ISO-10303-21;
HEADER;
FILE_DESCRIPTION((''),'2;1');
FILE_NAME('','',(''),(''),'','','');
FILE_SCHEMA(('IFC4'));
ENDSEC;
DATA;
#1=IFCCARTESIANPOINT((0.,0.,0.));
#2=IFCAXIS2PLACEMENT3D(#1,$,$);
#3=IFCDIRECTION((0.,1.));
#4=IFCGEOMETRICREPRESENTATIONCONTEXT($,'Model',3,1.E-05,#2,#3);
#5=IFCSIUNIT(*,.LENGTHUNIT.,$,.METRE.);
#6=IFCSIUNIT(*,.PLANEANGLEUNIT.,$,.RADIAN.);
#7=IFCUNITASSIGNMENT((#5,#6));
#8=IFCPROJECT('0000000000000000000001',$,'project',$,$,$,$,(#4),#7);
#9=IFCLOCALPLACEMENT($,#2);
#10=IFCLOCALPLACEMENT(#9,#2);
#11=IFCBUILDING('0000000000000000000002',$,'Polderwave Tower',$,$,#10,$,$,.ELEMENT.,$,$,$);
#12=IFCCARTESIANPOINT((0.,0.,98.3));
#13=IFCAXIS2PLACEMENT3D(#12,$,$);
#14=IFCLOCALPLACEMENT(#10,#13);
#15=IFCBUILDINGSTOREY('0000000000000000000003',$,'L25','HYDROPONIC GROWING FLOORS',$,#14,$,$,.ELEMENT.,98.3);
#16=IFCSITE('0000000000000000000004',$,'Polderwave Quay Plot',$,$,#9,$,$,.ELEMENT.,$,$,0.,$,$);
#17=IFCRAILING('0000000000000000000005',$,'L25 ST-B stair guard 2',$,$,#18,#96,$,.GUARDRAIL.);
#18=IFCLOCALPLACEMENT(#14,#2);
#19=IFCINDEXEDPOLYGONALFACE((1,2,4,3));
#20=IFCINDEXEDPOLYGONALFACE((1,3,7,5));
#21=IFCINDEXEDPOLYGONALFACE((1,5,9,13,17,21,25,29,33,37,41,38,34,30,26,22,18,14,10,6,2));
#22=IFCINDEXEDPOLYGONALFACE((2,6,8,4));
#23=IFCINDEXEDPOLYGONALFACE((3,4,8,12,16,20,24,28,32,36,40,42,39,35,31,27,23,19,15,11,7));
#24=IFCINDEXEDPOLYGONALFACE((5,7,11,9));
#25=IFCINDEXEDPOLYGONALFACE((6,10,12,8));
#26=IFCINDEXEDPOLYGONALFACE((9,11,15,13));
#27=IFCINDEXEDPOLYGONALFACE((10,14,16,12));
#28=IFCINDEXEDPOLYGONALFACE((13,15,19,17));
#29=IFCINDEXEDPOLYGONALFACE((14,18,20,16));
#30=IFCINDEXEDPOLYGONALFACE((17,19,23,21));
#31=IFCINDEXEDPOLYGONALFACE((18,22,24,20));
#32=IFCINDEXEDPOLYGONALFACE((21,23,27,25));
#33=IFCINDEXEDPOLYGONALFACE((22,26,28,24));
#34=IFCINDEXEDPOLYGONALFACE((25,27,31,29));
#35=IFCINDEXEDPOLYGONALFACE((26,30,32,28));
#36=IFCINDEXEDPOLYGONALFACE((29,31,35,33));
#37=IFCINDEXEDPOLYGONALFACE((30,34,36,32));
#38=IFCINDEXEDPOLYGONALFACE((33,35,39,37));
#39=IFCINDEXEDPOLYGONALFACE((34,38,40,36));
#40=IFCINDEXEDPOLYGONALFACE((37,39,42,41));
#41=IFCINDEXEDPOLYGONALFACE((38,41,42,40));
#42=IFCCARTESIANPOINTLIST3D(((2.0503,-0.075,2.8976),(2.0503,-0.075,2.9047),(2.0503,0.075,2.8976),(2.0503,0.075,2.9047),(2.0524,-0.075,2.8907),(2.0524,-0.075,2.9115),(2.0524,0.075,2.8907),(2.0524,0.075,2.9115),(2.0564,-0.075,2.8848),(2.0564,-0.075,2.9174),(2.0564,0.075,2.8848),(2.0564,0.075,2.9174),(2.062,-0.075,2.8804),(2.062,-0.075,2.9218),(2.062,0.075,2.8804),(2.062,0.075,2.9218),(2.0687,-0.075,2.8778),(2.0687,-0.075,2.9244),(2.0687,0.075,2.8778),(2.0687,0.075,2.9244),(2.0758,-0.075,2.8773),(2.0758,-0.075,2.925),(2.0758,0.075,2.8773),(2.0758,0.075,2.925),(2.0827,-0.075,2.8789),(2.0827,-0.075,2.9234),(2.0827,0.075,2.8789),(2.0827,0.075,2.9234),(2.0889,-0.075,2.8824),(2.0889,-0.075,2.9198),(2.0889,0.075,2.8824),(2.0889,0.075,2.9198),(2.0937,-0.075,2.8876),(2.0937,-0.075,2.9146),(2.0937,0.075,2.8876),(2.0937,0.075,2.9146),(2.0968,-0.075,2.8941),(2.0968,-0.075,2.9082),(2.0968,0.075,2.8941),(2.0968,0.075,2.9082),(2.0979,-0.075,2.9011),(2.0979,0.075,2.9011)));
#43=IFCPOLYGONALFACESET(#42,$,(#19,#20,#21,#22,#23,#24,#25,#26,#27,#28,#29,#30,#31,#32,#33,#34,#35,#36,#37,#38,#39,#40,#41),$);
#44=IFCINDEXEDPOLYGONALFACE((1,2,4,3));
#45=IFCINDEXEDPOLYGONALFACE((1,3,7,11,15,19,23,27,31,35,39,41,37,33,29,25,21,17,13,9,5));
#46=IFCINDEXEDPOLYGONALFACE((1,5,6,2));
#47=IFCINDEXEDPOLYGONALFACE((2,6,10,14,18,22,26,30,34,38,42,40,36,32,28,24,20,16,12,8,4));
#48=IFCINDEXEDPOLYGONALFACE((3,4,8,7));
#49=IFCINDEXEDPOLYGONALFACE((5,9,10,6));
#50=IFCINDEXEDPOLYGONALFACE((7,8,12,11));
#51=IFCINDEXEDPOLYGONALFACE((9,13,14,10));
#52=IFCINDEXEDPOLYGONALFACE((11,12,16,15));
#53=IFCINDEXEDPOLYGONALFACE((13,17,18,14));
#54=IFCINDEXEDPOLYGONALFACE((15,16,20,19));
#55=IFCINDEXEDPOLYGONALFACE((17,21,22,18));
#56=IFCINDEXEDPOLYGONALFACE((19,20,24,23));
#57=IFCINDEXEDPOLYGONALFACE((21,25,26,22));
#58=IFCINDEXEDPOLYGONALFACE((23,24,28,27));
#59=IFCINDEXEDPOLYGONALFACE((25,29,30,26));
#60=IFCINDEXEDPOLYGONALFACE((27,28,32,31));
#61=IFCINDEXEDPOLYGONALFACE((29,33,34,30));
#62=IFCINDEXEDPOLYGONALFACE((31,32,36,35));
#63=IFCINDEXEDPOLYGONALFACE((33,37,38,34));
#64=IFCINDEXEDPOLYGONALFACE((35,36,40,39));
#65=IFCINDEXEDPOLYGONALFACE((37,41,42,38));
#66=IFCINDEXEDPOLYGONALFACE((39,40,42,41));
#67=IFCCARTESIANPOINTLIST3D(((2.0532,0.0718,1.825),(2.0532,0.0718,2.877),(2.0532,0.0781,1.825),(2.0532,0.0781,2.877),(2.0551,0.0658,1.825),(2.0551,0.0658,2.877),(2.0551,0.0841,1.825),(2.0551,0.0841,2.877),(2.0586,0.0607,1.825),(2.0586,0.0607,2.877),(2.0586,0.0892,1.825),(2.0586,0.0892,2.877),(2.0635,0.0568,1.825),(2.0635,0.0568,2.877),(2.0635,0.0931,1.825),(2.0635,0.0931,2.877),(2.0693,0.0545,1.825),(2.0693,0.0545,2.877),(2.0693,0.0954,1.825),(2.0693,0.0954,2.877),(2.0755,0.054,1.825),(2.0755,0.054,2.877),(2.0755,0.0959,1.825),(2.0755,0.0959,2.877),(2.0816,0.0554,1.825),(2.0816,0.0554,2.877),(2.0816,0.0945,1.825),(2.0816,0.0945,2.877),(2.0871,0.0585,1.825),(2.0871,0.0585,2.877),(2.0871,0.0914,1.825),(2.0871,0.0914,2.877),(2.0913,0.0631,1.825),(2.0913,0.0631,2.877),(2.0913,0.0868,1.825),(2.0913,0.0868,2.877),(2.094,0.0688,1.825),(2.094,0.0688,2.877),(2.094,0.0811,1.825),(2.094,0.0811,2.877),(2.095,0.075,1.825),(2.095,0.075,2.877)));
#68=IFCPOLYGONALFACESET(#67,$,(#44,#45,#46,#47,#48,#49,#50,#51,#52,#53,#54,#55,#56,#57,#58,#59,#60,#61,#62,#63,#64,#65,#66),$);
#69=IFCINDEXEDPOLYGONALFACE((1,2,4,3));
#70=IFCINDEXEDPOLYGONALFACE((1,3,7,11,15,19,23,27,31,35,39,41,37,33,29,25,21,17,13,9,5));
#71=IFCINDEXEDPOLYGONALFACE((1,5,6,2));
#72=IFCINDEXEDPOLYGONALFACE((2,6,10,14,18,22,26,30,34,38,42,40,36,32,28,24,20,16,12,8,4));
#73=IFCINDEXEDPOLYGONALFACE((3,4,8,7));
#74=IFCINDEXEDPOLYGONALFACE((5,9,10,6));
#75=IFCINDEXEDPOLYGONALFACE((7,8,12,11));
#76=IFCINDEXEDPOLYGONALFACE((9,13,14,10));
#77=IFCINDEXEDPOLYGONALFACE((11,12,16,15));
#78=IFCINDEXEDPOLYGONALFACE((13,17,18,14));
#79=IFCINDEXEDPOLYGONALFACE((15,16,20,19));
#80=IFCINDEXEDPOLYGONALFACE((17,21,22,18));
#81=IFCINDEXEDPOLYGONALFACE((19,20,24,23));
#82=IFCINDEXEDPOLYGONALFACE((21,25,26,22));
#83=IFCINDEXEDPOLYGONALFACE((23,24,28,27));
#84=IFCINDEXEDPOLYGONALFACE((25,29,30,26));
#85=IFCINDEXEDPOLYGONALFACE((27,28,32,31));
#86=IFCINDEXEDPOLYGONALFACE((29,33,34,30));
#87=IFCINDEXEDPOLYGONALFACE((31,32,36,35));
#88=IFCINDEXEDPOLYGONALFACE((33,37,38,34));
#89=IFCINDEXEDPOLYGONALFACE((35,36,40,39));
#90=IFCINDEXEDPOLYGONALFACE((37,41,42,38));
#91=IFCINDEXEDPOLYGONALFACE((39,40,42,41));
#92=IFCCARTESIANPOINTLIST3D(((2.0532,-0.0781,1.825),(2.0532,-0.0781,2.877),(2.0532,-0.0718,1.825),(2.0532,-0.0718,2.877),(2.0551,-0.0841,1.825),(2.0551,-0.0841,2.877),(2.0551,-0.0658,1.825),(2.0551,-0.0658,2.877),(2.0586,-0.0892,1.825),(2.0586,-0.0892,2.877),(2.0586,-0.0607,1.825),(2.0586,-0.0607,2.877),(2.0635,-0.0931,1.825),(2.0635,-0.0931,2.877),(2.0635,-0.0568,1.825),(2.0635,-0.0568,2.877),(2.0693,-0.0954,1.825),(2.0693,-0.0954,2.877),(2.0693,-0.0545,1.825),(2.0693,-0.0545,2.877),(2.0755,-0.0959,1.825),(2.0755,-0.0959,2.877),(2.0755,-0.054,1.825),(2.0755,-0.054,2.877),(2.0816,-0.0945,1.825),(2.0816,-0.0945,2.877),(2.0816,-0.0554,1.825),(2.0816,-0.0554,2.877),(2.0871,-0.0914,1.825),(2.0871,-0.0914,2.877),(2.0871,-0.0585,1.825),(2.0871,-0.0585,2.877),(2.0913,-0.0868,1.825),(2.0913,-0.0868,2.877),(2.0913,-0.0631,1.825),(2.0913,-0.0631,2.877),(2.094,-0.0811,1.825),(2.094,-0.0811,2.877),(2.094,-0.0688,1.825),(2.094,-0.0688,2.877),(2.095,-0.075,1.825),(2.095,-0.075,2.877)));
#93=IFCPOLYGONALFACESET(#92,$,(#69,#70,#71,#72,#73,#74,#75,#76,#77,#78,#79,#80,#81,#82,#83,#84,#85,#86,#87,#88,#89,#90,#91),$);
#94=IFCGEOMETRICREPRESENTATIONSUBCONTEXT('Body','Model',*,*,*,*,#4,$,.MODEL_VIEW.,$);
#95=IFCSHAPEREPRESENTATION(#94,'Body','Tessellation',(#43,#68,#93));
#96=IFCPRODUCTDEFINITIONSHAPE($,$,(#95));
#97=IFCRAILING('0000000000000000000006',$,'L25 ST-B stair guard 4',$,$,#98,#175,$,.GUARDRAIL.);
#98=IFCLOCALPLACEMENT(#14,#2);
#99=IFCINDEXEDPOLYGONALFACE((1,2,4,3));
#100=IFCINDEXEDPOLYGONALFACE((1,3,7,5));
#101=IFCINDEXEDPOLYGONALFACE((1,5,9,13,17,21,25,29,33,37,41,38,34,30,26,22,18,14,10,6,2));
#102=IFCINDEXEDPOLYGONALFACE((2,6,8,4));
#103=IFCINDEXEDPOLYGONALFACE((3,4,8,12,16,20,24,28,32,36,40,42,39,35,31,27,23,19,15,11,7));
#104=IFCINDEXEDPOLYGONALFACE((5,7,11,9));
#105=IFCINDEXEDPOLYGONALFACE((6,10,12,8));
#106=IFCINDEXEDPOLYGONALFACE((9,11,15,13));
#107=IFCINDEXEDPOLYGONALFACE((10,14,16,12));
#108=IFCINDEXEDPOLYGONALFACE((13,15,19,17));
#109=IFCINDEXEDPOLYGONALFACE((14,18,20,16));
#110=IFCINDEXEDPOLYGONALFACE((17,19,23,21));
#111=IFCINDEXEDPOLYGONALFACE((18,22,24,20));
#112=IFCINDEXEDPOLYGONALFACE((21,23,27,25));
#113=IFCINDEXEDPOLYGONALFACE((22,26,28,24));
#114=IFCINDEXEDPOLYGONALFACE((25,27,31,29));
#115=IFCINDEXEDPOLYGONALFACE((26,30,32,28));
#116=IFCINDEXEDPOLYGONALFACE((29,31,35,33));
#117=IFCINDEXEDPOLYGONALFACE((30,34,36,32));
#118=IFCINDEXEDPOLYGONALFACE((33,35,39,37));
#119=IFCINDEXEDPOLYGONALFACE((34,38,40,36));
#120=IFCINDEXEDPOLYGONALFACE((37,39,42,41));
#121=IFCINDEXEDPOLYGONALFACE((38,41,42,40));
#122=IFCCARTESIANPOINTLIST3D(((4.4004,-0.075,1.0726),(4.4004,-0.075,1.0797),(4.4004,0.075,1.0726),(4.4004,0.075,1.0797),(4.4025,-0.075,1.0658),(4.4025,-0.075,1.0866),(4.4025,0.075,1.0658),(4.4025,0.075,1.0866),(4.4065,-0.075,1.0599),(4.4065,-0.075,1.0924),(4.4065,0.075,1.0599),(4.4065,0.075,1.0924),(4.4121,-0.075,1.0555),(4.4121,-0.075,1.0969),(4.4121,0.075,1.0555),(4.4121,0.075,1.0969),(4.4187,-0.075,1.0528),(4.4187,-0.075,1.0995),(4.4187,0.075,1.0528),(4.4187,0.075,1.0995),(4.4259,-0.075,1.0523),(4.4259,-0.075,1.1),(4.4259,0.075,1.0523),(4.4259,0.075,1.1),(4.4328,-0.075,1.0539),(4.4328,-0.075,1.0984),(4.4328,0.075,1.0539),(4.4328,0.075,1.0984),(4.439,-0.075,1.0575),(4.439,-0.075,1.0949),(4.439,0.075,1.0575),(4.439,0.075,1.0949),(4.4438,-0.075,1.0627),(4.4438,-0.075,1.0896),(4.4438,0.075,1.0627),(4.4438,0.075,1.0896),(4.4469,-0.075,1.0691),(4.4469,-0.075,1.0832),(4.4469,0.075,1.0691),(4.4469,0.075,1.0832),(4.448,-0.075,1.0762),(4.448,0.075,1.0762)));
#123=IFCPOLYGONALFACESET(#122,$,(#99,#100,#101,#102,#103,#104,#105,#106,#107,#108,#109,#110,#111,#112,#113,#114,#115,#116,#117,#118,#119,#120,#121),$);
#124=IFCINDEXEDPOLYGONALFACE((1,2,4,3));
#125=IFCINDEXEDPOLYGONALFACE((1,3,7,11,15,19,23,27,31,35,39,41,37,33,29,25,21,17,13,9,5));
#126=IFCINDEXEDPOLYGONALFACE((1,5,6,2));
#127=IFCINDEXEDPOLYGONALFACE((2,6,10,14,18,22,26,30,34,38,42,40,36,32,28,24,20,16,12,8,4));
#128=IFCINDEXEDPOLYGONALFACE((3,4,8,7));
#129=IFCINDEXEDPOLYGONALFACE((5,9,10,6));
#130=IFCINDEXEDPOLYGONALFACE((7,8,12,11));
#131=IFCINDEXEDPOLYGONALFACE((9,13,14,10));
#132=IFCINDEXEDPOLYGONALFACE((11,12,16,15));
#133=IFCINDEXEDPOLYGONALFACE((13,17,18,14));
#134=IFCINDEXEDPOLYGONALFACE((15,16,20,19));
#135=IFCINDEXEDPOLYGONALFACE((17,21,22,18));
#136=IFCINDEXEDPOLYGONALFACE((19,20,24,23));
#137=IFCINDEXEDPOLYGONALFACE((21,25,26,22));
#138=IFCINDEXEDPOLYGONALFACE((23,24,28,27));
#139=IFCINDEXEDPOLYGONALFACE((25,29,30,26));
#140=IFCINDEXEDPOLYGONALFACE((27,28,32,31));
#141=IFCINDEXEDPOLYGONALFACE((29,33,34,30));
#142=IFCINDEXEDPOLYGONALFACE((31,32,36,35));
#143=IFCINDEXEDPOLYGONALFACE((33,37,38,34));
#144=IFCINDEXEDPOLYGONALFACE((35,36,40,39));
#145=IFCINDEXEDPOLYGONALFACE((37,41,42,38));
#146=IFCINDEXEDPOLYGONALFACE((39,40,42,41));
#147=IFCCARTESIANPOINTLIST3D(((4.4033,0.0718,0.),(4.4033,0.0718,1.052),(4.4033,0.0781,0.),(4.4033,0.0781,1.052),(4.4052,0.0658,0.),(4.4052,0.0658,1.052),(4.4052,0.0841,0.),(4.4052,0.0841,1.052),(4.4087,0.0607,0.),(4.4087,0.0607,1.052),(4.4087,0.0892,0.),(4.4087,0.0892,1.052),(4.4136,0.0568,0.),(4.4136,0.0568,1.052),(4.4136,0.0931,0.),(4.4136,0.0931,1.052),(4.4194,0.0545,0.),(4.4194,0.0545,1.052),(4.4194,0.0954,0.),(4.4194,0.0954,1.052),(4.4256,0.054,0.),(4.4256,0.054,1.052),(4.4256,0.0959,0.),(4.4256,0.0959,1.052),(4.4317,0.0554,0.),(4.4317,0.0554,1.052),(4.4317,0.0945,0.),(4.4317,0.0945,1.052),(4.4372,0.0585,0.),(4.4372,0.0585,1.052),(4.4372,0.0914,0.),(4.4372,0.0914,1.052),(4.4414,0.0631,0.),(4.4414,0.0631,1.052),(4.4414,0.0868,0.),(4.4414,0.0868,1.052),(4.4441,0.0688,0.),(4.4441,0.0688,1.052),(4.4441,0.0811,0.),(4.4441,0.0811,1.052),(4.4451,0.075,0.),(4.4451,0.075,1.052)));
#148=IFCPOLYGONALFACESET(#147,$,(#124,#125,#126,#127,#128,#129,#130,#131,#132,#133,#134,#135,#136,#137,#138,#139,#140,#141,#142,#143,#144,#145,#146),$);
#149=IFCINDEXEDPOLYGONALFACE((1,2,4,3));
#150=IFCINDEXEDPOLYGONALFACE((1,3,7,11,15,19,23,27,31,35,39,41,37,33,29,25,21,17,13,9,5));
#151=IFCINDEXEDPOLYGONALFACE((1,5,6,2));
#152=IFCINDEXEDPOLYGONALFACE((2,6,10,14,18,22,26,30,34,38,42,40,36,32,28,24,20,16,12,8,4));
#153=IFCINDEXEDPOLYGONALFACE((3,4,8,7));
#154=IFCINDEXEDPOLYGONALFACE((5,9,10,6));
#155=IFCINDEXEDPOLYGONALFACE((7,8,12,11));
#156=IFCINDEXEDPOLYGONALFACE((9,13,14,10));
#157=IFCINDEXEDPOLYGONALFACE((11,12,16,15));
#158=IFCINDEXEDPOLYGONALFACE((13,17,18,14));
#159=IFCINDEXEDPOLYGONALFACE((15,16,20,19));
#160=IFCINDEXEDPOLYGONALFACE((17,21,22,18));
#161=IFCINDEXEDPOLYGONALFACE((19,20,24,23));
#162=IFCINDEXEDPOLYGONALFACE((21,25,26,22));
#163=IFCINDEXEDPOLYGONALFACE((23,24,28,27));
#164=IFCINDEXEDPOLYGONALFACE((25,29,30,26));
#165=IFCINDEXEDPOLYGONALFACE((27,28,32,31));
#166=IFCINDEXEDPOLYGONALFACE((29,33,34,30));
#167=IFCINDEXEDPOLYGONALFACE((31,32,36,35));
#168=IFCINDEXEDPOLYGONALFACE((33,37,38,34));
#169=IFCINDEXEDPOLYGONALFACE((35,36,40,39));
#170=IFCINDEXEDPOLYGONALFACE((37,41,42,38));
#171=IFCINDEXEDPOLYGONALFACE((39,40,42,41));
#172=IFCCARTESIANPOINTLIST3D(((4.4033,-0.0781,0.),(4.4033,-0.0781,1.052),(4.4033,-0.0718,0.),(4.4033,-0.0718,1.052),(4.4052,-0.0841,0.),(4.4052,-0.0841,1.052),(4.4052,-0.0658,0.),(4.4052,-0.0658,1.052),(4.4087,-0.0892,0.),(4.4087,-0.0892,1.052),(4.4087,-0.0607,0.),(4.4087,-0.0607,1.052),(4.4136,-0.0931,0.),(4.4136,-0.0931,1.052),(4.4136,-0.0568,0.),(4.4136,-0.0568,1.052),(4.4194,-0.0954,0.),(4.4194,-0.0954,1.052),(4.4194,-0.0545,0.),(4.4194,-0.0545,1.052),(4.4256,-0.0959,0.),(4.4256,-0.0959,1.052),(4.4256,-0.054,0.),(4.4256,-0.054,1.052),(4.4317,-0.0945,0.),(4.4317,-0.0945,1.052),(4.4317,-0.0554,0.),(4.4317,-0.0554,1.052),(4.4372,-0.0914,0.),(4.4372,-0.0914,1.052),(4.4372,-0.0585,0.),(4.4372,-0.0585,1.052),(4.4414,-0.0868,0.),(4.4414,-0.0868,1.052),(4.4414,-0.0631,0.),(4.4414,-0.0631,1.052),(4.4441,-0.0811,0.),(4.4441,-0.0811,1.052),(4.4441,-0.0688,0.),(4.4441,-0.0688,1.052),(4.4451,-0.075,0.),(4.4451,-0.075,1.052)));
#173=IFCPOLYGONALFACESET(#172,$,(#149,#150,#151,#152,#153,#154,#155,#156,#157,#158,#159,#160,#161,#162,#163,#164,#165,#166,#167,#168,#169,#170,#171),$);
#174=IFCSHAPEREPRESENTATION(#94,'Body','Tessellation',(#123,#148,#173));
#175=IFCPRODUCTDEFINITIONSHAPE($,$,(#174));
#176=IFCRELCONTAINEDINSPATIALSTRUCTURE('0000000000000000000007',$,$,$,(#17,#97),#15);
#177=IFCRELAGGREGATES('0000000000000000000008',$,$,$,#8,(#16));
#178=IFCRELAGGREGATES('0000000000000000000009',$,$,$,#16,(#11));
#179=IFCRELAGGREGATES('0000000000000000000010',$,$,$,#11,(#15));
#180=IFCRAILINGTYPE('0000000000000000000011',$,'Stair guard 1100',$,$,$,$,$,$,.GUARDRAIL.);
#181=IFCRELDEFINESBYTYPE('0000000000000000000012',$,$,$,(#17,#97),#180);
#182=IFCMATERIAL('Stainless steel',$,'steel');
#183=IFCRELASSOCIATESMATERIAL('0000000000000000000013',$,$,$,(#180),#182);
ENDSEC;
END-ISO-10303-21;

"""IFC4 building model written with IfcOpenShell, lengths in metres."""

from ifc_helpers import new_model, si_unit, direction, frame, origin, origin_2d, place, context, subcontext, project, spatial, circle, extrude, material, type_object, element, save


model = new_model("IFC4")

# Units and contexts
model_context = context("Model", 3, precision=1e-05, world=origin(), true_north=direction((0.0, 1.0)))
body_context = subcontext(model_context, "Body", "Model", "MODEL_VIEW")
ifc_project = project(units=[si_unit("LENGTHUNIT", "METRE"), si_unit("PLANEANGLEUNIT", "RADIAN")], contexts=[model_context])

# Site, building, storey
site_placement = place(None, origin())
site = spatial("IfcSite", under=ifc_project, at=site_placement, Name="Polderwave Quay Plot", CompositionType="ELEMENT", RefElevation=0.0)
building_placement = place(site_placement, origin())
building = spatial("IfcBuilding", under=site, at=building_placement, Name="Polderwave Tower", CompositionType="ELEMENT")
storey_placement = place(building_placement, frame((0.0, 0.0, 98.3)))
storey = spatial("IfcBuildingStorey", under=building, at=storey_placement, Name="L25", Description="HYDROPONIC GROWING FLOORS", CompositionType="ELEMENT", Elevation=98.3)

# Railings
ifc_material_1 = material(Name="Stainless steel", Category="steel")
railing_type_1 = type_object("IfcRailingType", Name="Stair guard 1100", PredefinedType="GUARDRAIL", material=ifc_material_1)
for number, where, name in (
    (1, (2.074, 0.075, 1.825), "L25 ST-B stair guard 2"),
    (2, (4.4241, 0.075, 0.0), "L25 ST-B stair guard 4"),
):
    element("IfcRailing", number, at=place(storey_placement, frame(where)), inside=storey, type_object=railing_type_1, Name=name, PredefinedType="GUARDRAIL", context=body_context, shape_type="SweptSolid", body=[
        extrude(circle(Radius=0.0239, at=origin_2d()), frame((0.0, 0.0, 1.0762), z_axis=(0.0, -1.0, 0.0), x_axis=(1.0, 0.0, 0.0)), (0.0, 0.0, 1.0), 0.1499),
        extrude(circle(Radius=0.021, at=origin_2d()), origin(), (0.0, 0.0, 1.0), 1.052),
        extrude(circle(Radius=0.021, at=origin_2d()), frame((0.0, -0.1499, 0.0)), (0.0, 0.0, 1.0), 1.052),
    ])

save(model, "model.ifc")
